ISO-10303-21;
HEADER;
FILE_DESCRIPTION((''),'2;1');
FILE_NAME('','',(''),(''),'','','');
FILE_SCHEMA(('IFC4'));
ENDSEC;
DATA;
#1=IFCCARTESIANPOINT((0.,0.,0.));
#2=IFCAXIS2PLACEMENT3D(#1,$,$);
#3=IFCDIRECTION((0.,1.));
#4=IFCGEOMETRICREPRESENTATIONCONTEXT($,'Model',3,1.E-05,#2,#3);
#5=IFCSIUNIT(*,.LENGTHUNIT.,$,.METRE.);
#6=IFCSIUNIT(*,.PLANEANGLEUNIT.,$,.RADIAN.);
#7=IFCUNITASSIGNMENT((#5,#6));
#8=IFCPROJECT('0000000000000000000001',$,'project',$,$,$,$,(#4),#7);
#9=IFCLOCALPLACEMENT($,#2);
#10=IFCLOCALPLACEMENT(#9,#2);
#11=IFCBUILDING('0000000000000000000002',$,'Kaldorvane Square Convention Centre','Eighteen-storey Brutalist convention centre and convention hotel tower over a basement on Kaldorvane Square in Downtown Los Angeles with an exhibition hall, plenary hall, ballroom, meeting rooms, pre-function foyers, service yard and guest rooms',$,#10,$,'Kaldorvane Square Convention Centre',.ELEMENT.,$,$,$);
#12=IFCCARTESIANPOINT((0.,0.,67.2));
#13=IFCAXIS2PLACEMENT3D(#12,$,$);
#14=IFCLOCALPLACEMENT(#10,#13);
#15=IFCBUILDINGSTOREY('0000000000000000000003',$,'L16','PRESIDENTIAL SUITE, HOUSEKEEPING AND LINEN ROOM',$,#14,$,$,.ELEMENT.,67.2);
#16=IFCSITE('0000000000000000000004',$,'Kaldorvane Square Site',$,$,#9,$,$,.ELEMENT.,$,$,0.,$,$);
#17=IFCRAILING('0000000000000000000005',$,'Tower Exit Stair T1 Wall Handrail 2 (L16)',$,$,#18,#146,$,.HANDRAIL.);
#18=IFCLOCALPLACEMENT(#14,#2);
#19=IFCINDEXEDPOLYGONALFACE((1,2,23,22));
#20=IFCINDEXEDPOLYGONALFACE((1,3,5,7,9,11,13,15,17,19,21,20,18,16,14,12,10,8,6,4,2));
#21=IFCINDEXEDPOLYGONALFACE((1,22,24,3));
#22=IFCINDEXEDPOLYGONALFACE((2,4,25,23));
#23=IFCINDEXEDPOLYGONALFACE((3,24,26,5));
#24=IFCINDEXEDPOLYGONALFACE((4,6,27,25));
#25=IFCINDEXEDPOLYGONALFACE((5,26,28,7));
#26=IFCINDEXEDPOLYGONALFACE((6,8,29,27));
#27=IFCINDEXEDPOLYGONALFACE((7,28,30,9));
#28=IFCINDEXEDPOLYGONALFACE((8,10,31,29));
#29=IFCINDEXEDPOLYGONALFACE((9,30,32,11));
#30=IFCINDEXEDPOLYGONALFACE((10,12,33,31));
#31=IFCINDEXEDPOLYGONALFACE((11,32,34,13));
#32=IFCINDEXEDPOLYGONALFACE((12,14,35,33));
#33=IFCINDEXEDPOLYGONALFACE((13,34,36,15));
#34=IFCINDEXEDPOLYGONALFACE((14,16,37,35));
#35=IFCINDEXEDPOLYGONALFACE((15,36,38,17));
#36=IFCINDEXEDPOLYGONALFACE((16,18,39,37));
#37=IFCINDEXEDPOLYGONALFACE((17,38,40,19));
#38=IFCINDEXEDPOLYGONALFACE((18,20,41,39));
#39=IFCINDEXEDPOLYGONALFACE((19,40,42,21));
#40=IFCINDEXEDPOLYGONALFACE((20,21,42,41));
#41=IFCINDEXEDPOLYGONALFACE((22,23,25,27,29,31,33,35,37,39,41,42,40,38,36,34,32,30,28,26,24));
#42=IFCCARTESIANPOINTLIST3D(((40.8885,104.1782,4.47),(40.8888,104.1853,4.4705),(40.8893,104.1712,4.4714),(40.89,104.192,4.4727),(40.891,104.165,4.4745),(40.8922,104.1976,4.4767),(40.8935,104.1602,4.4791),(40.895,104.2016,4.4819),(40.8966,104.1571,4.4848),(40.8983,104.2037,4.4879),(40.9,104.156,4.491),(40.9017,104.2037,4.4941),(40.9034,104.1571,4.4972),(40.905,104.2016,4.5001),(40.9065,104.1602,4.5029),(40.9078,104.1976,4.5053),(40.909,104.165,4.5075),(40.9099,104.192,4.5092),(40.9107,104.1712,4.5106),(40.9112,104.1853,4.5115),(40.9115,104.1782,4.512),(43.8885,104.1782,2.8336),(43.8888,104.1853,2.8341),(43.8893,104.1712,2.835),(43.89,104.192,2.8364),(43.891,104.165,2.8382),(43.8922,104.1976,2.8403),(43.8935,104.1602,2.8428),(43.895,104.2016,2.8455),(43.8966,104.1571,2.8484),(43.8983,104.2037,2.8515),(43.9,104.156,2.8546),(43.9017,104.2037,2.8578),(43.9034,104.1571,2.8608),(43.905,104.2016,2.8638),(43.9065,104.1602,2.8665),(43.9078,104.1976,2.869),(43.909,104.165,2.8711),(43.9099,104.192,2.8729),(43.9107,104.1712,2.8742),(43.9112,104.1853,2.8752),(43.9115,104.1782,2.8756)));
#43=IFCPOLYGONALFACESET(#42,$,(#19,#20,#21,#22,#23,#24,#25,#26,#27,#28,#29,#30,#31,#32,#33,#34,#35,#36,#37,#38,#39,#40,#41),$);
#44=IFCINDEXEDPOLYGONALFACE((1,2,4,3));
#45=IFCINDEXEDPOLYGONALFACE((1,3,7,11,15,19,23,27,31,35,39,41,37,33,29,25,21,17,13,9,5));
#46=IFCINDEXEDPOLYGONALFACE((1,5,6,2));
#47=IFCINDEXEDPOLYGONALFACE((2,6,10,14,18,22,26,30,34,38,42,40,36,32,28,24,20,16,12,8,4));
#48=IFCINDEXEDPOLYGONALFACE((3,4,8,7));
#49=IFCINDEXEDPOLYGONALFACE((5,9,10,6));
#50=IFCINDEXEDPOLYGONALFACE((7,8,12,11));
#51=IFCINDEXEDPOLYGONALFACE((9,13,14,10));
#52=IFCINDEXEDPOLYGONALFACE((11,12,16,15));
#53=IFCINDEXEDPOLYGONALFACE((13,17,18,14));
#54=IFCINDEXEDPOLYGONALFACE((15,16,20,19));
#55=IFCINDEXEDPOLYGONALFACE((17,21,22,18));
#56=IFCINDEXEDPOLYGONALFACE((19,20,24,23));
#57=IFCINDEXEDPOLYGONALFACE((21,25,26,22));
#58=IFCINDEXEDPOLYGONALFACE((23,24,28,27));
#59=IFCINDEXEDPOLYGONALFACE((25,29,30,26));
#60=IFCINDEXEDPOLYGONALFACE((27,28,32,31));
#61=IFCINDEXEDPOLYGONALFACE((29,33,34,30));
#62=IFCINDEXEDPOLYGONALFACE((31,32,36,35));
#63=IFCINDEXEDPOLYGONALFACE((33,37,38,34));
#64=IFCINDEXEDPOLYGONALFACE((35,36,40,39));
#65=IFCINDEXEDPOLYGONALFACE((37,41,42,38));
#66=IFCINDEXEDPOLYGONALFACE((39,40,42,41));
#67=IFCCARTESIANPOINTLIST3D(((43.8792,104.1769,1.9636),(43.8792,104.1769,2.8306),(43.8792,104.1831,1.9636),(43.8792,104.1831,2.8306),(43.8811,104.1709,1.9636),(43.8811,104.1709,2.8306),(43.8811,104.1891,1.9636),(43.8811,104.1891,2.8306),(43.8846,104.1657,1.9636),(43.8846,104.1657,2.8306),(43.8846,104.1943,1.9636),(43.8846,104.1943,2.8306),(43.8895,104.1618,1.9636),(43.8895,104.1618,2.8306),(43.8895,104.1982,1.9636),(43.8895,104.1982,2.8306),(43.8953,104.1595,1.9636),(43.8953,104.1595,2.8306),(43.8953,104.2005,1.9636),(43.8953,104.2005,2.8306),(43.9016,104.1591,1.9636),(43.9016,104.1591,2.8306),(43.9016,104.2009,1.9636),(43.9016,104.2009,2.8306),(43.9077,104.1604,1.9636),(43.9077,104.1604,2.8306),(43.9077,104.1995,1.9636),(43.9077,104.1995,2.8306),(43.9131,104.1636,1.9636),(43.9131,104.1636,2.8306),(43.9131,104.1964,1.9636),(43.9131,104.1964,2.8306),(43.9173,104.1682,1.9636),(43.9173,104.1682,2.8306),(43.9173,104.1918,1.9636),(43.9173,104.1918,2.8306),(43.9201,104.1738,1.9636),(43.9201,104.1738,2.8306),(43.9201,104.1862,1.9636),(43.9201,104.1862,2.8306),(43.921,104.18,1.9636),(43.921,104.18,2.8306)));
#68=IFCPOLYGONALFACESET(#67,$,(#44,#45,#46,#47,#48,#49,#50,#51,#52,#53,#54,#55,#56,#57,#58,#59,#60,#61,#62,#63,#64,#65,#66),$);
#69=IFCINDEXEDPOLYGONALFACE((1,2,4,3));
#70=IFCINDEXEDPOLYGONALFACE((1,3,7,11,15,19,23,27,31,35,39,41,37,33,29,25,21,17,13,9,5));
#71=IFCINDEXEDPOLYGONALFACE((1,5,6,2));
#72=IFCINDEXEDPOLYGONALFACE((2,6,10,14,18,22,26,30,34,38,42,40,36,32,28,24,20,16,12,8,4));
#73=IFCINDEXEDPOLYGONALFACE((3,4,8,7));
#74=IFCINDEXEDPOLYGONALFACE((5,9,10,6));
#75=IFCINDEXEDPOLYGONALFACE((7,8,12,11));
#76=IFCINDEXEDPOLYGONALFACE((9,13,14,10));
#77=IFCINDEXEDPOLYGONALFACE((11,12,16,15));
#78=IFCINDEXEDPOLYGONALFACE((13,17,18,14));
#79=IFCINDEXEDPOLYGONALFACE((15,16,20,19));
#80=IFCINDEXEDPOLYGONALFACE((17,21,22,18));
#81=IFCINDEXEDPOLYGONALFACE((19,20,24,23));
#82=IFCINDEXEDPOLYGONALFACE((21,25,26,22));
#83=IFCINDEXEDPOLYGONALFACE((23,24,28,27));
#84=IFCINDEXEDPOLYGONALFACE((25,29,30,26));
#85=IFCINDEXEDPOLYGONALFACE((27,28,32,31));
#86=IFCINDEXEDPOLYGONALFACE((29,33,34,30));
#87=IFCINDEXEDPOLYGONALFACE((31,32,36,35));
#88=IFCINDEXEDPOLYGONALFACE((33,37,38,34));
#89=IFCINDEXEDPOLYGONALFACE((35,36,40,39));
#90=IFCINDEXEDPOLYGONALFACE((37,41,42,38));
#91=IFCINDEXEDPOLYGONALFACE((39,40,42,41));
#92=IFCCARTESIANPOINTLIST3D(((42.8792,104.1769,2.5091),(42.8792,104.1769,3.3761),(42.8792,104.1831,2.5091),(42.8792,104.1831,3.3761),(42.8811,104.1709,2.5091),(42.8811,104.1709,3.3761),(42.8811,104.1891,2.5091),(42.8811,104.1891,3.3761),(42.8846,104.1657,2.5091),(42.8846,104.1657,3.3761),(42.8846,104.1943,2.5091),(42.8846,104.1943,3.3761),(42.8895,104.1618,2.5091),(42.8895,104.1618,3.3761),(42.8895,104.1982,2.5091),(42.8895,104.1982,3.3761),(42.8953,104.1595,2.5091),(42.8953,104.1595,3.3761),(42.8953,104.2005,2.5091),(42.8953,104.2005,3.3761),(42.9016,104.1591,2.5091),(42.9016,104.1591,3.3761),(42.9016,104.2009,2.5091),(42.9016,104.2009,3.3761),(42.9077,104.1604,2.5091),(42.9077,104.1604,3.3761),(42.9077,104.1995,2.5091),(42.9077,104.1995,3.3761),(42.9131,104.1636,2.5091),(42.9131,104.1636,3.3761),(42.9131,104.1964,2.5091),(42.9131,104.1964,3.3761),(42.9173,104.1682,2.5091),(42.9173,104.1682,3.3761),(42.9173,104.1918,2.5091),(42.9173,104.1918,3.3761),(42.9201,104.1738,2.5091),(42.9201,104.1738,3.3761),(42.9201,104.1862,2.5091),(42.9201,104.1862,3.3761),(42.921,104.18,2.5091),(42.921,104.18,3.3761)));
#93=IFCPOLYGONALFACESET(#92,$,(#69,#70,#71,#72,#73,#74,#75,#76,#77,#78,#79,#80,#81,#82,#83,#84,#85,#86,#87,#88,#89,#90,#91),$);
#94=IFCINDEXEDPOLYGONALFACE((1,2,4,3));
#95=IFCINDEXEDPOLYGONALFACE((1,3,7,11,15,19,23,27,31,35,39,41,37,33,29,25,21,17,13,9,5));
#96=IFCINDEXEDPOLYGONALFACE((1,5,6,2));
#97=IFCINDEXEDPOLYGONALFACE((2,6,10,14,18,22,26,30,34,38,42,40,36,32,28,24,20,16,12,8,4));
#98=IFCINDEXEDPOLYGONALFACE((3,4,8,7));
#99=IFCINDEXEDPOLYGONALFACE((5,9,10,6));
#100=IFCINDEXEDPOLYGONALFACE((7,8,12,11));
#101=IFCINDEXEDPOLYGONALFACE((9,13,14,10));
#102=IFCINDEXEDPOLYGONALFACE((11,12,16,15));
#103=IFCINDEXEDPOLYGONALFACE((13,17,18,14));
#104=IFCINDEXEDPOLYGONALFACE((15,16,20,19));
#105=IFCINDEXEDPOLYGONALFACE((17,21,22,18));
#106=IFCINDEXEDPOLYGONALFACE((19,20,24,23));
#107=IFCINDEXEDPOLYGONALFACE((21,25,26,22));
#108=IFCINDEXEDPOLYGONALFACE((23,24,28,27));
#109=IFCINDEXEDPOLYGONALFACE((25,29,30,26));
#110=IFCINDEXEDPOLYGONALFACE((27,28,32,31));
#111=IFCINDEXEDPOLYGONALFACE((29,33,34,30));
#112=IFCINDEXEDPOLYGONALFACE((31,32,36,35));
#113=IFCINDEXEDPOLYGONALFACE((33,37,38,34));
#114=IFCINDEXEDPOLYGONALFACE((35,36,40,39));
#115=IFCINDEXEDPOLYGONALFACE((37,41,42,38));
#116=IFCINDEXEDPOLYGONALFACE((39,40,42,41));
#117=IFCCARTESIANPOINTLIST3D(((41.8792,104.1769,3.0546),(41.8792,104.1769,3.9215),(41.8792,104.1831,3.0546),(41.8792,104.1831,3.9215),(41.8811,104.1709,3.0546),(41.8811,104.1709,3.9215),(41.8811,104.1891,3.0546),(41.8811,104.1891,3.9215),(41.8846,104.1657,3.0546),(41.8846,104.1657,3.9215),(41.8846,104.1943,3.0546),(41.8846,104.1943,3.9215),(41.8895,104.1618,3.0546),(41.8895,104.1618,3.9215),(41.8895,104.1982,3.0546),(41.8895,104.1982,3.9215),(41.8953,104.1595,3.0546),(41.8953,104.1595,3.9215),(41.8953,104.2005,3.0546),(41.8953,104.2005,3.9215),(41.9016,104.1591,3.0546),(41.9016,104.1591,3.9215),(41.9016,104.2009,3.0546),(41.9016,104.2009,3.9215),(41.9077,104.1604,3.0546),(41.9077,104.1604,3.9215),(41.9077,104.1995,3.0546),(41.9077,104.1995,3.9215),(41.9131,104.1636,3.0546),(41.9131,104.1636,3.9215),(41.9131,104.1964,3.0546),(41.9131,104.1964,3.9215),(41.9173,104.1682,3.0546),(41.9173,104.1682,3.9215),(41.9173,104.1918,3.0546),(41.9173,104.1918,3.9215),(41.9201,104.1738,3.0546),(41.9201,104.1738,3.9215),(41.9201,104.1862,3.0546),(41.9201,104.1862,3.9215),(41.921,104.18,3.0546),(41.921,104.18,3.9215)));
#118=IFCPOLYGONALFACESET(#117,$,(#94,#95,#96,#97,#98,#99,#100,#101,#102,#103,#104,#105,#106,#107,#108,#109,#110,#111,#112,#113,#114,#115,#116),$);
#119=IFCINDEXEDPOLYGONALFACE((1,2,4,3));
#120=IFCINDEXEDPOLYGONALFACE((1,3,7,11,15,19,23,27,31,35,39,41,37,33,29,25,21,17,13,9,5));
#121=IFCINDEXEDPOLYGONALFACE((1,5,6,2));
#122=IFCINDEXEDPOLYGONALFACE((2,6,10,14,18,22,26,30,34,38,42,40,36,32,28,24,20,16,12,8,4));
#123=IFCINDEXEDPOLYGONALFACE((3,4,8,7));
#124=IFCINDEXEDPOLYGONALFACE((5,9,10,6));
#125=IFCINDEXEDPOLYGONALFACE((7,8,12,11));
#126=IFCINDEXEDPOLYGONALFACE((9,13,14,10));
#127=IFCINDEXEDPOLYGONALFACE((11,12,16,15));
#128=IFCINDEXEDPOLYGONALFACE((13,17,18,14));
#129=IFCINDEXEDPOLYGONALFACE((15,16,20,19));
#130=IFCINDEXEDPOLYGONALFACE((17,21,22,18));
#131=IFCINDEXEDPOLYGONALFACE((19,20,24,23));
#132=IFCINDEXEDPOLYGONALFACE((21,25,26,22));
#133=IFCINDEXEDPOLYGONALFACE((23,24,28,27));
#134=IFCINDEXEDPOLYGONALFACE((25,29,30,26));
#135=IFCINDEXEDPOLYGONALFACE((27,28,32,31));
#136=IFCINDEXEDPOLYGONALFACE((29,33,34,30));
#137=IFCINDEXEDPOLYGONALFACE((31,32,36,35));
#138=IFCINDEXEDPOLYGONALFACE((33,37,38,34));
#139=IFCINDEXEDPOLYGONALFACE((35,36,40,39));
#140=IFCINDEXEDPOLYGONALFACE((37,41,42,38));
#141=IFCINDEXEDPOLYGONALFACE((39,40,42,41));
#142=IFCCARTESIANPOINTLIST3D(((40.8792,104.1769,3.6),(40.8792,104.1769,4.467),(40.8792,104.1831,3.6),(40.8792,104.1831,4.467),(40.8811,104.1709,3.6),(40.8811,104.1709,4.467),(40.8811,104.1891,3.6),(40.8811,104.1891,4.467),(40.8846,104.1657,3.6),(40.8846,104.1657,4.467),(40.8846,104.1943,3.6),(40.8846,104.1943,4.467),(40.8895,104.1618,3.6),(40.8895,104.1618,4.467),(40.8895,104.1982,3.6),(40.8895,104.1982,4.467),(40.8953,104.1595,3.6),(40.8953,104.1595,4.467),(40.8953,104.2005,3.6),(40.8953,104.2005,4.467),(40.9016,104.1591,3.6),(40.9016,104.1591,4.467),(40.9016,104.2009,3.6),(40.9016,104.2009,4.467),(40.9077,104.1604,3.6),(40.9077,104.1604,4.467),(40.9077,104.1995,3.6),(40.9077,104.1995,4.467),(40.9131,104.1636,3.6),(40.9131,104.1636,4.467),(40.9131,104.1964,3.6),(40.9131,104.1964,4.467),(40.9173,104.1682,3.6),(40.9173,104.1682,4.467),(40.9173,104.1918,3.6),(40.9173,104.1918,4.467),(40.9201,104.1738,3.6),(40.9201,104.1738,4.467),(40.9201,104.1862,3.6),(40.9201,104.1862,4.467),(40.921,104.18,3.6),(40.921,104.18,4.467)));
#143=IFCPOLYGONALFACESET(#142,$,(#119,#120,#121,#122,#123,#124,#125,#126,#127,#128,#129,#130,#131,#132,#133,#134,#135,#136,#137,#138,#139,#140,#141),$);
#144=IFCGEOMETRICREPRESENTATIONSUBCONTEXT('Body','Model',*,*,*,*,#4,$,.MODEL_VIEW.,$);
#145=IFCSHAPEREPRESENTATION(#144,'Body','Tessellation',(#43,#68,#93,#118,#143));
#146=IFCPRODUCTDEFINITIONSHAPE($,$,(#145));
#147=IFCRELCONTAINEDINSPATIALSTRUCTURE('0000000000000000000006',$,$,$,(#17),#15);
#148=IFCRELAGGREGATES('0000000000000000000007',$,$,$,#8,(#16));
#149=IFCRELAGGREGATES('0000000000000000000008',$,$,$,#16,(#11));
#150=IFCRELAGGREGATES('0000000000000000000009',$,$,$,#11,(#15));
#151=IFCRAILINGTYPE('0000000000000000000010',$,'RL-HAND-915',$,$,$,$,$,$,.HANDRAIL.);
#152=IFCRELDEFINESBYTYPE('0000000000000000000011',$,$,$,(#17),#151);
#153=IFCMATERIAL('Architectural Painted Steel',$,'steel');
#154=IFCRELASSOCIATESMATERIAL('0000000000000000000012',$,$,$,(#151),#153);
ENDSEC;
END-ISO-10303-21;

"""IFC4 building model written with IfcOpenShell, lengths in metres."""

from ifc_helpers import new_model, si_unit, direction, frame, origin, origin_2d, place, context, subcontext, project, spatial, circle, extrude, material, type_object, element, save


model = new_model("IFC4")

# Units and contexts
model_context = context("Model", 3, precision=1e-05, world=origin(), true_north=direction((0.0, 1.0)))
body_context = subcontext(model_context, "Body", "Model", "MODEL_VIEW")
ifc_project = project(units=[si_unit("LENGTHUNIT", "METRE"), si_unit("PLANEANGLEUNIT", "RADIAN")], contexts=[model_context])

# Site, building, storey
site_placement = place(None, origin())
site = spatial("IfcSite", under=ifc_project, at=site_placement, Name="Kaldorvane Square Site", CompositionType="ELEMENT", RefElevation=0.0)
building_placement = place(site_placement, origin())
building = spatial("IfcBuilding", under=site, at=building_placement, Name="Kaldorvane Square Convention Centre", Description="Eighteen-storey Brutalist convention centre and convention hotel tower over a basement on Kaldorvane Square in Downtown Los Angeles with an exhibition hall, plenary hall, ballroom, meeting rooms, pre-function foyers, service yard and guest rooms", LongName="Kaldorvane Square Convention Centre", CompositionType="ELEMENT")
storey_placement = place(building_placement, frame((0.0, 0.0, 67.2)))
storey = spatial("IfcBuildingStorey", under=building, at=storey_placement, Name="L16", Description="PRESIDENTIAL SUITE, HOUSEKEEPING AND LINEN ROOM", CompositionType="ELEMENT", Elevation=67.2)

# Railing
ifc_material_1 = material(Name="Architectural Painted Steel", Category="steel")
railing_type_1 = type_object("IfcRailingType", Name="RL-HAND-915", PredefinedType="HANDRAIL", material=ifc_material_1)
railing_1_placement = place(storey_placement, frame((43.9, 104.18, 1.9636)))
element("IfcRailing", 1, at=railing_1_placement, inside=storey, type_object=railing_type_1, Name="Tower Exit Stair T1 Wall Handrail 2 (L16)", PredefinedType="HANDRAIL", context=body_context, shape_type="SweptSolid", body=[
    extrude(circle(Radius=0.024, at=origin_2d()), frame((0.0, 0.0, 0.891), z_axis=(-0.877895, 0.0, 0.478853), x_axis=(0.0, -1.0, 0.0)), (0.0, 0.0, 1.0), 3.4173),
    extrude(circle(Radius=0.021, at=origin_2d()), origin(), (0.0, 0.0, 1.0), 0.867),
    extrude(circle(Radius=0.021, at=origin_2d()), frame((-1.0, 0.0, 0.5455)), (0.0, 0.0, 1.0), 0.867),
    extrude(circle(Radius=0.021, at=origin_2d()), frame((-2.0, 0.0, 1.0909)), (0.0, 0.0, 1.0), 0.867),
    extrude(circle(Radius=0.021, at=origin_2d()), frame((-3.0, 0.0, 1.6364)), (0.0, 0.0, 1.0), 0.867),
])

save(model, "model.ifc")
